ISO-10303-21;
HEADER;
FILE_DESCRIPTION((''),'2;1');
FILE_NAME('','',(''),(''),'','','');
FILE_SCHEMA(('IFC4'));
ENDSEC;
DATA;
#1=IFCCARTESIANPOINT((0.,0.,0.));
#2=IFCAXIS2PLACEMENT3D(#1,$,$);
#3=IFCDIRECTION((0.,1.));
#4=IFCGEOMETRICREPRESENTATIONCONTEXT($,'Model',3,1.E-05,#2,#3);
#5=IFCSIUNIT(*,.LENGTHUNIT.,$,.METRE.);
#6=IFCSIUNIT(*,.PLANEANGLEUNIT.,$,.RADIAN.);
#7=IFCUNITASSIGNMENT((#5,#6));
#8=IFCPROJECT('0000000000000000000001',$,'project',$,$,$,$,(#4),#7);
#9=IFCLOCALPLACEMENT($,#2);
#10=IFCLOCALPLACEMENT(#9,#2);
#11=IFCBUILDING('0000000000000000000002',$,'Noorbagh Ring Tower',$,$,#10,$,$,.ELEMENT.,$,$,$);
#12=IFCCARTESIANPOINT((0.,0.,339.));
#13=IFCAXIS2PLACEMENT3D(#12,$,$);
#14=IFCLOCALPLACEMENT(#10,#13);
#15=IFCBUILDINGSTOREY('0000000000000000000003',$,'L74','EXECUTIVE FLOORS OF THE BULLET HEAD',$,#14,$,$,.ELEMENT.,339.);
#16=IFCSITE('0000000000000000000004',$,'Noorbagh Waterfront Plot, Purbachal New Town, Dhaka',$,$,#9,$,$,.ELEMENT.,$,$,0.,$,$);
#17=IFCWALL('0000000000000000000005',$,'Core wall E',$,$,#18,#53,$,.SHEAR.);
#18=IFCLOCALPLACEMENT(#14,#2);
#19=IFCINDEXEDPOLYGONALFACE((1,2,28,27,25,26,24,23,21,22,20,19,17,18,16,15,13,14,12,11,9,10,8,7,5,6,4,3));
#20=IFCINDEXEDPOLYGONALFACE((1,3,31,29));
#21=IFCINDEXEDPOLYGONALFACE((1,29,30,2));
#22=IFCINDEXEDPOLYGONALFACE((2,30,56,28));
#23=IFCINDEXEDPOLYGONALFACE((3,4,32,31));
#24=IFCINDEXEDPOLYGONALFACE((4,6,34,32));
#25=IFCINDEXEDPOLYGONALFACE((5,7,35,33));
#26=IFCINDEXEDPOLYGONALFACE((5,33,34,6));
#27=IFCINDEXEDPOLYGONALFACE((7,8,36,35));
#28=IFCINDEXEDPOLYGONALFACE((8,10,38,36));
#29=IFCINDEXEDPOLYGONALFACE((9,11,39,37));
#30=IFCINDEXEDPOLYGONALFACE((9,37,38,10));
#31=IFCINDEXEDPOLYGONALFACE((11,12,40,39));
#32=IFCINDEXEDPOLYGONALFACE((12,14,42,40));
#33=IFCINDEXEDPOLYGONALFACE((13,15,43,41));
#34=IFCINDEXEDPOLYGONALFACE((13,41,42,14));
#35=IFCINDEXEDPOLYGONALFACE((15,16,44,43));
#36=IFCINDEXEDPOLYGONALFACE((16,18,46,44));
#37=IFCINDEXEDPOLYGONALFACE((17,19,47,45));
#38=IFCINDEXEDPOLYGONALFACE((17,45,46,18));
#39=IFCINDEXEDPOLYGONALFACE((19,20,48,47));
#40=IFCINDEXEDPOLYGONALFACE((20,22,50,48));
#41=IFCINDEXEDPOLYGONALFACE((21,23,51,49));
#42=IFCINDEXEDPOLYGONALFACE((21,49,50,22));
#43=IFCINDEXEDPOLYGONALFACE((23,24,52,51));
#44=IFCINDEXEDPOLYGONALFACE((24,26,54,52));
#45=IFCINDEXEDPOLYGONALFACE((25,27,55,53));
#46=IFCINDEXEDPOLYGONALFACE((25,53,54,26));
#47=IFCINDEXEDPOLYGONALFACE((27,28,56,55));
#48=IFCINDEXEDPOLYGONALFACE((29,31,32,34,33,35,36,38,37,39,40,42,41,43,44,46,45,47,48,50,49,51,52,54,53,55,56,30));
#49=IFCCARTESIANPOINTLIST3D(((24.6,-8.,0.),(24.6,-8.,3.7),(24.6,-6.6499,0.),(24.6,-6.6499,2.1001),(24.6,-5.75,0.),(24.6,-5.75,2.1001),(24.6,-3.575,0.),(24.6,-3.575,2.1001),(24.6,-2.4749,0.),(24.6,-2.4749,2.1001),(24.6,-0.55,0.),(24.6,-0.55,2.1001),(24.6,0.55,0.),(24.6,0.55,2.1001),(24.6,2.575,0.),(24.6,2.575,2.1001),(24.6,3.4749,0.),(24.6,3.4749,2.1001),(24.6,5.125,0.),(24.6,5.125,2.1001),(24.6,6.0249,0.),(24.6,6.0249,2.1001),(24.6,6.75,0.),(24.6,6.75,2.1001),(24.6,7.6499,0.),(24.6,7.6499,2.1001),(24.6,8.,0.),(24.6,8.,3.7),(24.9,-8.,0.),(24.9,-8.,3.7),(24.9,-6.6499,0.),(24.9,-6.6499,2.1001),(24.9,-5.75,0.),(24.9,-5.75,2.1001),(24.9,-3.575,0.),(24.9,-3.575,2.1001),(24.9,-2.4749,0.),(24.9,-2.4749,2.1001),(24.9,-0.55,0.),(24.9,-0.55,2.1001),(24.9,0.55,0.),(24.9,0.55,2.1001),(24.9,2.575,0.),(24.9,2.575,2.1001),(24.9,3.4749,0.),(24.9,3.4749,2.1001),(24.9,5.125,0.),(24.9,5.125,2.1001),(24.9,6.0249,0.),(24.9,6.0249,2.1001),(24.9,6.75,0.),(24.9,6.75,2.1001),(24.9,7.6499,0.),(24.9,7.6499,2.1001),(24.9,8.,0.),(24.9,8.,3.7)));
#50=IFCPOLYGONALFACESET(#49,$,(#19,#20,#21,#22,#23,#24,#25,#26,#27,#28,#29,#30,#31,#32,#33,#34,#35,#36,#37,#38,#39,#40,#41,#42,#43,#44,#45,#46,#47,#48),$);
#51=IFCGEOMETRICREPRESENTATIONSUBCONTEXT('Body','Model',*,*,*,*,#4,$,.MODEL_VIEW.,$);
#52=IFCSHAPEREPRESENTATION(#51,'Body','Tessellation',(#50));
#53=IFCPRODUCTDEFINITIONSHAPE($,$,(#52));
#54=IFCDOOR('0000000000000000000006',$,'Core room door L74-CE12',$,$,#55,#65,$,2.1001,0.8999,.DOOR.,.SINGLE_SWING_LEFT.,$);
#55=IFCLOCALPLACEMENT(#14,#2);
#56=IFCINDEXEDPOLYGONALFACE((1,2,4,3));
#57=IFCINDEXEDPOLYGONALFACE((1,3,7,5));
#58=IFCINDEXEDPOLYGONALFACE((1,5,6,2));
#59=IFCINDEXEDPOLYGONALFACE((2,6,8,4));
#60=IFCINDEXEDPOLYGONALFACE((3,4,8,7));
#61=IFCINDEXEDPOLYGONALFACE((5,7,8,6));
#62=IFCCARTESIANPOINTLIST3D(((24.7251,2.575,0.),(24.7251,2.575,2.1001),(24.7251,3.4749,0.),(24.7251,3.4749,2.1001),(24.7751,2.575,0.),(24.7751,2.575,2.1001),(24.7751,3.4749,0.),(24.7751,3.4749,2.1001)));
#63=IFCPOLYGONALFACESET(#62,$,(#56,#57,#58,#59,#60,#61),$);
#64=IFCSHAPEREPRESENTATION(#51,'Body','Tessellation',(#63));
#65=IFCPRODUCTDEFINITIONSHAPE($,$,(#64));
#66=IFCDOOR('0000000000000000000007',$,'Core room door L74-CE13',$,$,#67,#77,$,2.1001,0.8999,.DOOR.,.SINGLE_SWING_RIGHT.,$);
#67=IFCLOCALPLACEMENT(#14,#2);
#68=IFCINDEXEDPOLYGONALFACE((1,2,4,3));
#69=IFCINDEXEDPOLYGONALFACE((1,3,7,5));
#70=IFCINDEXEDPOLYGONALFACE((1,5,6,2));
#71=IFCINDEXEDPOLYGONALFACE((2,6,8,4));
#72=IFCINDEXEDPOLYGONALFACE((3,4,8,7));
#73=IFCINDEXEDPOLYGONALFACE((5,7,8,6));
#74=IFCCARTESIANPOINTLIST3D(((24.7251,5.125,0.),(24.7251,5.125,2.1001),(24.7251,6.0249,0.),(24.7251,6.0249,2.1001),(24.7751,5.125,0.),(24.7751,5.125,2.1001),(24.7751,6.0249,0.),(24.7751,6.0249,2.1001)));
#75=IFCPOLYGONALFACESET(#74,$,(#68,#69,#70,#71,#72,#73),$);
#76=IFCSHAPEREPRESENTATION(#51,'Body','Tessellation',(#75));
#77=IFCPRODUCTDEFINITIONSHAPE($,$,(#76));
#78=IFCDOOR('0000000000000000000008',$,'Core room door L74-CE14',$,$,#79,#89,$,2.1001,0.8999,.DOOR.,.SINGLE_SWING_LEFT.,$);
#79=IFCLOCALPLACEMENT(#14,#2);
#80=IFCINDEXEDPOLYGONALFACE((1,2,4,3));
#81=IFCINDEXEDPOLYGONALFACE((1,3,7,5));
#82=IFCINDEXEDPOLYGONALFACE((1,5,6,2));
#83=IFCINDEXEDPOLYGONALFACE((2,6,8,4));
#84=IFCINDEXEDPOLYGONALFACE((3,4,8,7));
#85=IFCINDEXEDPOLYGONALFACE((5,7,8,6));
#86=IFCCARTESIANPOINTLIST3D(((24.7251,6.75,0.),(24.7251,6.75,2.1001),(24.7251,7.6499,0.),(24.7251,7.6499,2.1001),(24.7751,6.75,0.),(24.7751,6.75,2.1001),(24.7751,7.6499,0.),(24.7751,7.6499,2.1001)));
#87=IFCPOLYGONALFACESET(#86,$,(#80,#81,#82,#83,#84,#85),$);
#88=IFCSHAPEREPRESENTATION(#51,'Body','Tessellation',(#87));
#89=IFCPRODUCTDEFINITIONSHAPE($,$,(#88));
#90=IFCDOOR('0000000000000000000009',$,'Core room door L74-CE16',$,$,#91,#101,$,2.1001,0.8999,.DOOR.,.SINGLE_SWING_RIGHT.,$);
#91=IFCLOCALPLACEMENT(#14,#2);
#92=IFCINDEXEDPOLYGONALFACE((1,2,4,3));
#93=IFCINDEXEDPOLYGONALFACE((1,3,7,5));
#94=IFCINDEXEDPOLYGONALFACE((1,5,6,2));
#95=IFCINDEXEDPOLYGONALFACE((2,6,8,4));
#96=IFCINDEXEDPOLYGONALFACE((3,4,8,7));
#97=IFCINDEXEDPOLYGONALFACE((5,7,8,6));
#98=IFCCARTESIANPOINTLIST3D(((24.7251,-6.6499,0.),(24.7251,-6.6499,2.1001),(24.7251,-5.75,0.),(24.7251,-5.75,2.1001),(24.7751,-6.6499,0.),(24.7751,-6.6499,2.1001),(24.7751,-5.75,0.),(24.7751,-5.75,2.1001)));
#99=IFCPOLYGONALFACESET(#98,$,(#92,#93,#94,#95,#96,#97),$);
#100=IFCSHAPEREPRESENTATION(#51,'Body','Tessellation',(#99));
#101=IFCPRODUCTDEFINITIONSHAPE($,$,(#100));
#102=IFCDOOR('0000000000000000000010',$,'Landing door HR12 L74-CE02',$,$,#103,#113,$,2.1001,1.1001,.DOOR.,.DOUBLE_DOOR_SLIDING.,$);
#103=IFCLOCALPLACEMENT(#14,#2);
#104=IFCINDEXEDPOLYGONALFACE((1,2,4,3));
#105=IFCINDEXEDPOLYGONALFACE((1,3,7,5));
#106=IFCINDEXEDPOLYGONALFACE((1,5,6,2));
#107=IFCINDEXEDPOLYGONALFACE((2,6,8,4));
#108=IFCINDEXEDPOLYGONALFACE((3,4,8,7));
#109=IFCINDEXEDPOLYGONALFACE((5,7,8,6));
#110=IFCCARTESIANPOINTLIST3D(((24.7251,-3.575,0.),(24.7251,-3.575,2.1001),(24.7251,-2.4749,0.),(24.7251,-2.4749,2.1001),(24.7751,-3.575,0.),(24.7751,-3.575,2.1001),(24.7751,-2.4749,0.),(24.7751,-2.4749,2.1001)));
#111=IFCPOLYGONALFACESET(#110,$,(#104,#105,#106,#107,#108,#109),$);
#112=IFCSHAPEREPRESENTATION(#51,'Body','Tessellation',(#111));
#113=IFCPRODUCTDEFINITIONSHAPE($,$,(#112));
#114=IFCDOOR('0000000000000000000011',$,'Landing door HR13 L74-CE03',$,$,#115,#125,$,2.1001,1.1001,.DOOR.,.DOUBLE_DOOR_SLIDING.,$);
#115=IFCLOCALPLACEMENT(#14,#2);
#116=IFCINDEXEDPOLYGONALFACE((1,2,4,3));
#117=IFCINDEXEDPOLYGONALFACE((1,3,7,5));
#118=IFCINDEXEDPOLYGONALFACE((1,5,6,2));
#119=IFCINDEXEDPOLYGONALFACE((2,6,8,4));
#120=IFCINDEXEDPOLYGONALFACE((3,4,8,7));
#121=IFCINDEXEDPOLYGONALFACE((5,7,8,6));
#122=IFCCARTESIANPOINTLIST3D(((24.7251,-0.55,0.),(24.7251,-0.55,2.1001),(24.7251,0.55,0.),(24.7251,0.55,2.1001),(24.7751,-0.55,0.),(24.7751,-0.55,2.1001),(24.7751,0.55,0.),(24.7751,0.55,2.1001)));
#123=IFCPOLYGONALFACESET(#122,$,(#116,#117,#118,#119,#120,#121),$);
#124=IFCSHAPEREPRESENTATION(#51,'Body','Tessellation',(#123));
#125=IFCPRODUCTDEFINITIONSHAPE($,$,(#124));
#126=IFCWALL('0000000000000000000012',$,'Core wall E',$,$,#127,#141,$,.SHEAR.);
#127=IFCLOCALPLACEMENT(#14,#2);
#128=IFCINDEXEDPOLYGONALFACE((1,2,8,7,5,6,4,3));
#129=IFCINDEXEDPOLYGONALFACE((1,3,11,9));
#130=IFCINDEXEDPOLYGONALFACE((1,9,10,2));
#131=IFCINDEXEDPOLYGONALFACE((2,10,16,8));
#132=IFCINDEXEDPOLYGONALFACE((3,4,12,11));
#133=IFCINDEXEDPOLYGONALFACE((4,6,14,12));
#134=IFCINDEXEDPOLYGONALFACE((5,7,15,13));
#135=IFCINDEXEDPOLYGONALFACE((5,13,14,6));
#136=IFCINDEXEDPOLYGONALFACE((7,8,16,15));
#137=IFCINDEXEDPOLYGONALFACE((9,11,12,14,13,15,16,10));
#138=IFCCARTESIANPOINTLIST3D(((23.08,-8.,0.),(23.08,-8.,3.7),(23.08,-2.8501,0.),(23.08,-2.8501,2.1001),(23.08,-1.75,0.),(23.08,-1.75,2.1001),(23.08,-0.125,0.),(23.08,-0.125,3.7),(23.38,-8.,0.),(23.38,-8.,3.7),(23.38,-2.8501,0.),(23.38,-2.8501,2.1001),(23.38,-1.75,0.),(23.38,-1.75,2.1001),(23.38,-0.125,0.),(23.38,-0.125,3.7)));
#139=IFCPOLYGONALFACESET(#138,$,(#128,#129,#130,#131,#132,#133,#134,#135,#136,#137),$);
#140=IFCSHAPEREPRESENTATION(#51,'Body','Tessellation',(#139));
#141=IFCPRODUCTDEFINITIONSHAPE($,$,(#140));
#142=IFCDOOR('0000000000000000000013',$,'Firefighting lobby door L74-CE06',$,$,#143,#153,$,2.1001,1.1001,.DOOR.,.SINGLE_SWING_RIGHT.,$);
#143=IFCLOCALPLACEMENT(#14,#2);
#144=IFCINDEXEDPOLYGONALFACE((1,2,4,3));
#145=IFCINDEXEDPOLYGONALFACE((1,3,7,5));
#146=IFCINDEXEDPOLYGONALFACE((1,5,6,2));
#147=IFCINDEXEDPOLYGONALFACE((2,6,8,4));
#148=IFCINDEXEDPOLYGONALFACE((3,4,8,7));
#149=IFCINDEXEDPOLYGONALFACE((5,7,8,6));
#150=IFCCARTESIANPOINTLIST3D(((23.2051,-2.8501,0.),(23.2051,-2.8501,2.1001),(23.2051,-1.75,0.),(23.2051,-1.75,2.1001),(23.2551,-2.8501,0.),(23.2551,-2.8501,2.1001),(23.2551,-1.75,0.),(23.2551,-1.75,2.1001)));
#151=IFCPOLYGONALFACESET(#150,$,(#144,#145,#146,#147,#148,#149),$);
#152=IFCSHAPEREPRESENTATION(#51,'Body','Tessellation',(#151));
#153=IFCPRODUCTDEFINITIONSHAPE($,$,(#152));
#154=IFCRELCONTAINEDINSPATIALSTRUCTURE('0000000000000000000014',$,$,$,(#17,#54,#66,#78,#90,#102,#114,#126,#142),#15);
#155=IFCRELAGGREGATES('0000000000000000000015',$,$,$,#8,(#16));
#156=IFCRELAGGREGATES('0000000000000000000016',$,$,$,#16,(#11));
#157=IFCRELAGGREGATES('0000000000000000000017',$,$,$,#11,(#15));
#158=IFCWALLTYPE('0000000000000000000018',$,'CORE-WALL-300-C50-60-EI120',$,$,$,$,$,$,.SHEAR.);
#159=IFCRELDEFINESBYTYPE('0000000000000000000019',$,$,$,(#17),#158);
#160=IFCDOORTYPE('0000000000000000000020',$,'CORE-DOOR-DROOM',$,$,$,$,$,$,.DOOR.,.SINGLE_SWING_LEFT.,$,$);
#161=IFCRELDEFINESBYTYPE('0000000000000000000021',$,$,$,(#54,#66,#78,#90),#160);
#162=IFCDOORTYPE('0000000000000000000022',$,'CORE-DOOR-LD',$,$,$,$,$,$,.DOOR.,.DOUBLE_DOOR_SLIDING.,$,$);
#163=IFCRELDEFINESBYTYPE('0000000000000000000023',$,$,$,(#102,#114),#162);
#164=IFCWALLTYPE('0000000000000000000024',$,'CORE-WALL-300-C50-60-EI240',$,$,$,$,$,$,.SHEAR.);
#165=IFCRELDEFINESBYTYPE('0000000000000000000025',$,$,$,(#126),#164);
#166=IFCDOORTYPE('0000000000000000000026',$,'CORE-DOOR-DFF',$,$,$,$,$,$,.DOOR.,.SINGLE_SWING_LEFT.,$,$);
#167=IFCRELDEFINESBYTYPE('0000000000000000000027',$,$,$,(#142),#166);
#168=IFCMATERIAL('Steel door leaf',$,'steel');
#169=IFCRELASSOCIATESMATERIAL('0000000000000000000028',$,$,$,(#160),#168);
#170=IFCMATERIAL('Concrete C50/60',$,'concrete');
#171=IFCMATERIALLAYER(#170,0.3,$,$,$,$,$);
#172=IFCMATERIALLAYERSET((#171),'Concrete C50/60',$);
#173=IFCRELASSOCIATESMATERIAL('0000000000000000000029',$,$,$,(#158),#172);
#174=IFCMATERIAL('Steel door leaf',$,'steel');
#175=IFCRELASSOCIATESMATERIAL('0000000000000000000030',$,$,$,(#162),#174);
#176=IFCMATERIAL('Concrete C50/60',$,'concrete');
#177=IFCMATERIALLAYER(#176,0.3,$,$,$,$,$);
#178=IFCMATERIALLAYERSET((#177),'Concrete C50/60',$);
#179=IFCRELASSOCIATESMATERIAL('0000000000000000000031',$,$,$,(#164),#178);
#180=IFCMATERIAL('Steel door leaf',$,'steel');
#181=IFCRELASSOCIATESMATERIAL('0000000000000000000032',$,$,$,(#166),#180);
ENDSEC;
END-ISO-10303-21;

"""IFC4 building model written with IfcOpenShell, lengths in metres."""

from ifc_helpers import new_model, si_unit, direction, frame, frame_2d, origin, place, context, subcontext, project, spatial, rectangle, extrude, material, layer, layer_set, type_object, element, fill, save


model = new_model("IFC4")

# Units and contexts
model_context = context("Model", 3, precision=1e-05, world=origin(), true_north=direction((0.0, 1.0)))
body_context = subcontext(model_context, "Body", "Model", "MODEL_VIEW")
ifc_project = project(units=[si_unit("LENGTHUNIT", "METRE"), si_unit("PLANEANGLEUNIT", "RADIAN")], contexts=[model_context])

# Site, building, storey
site_placement = place(None, origin())
site = spatial("IfcSite", under=ifc_project, at=site_placement, Name="Noorbagh Waterfront Plot, Purbachal New Town, Dhaka", CompositionType="ELEMENT", RefElevation=0.0)
building_placement = place(site_placement, origin())
building = spatial("IfcBuilding", under=site, at=building_placement, Name="Noorbagh Ring Tower", CompositionType="ELEMENT")
storey_placement = place(building_placement, frame((0.0, 0.0, 339.0)))
storey = spatial("IfcBuildingStorey", under=building, at=storey_placement, Name="L74", Description="EXECUTIVE FLOORS OF THE BULLET HEAD", CompositionType="ELEMENT", Elevation=339.0)

# Shared definitions
ifc_material_1 = material(Name="Steel door leaf", Category="steel")
door_type_1 = type_object("IfcDoorType", Name="CORE-DOOR-DROOM", OperationType="SINGLE_SWING_LEFT", PredefinedType="DOOR", material=ifc_material_1)

# Wall, openings, doors
ifc_material_2 = material(Name="Concrete C50/60", Category="concrete")
ifc_layer_1 = layer(ifc_material_2, 0.3)
ifc_layer_set_1 = layer_set([ifc_layer_1], Name="Concrete C50/60")
wall_type_1 = type_object("IfcWallType", Name="CORE-WALL-300-C50-60-EI120", PredefinedType="SHEAR", material=ifc_layer_set_1)
wall_1_placement = place(storey_placement, frame((24.75, -8.0, 0.0), z_axis=(0.0, 0.0, 1.0), x_axis=(0.0, 1.0, 0.0)))
wall_1 = element("IfcWall", 1, at=wall_1_placement, inside=storey, type_object=wall_type_1, Name="Core wall E", PredefinedType="SHEAR", context=body_context, shape_type="SweptSolid", body=[
    extrude(rectangle(XDim=16.0, YDim=0.3, at=frame_2d((8.0, 0.0))), origin(), (0.0, 0.0, 1.0), 3.7),
])
opening_1_placement = place(wall_1_placement, frame((4.425, 0.0, 0.0)))
opening_1 = element("IfcOpeningElement", 2, at=opening_1_placement, cuts=wall_1, PredefinedType="OPENING", context=body_context, shape_type="SweptSolid", body=[
    extrude(rectangle(XDim=1.1001, YDim=2.1001, at=frame_2d((0.55, 1.05))), frame((0.0, 0.1602, 0.0), z_axis=(0.0, -1.0, 0.0), x_axis=(1.0, 0.0, 0.0)), (0.0, 0.0, 1.0), 0.3201),
])
opening_2_placement = place(wall_1_placement, frame((7.45, 0.0, 0.0)))
opening_2 = element("IfcOpeningElement", 3, at=opening_2_placement, cuts=wall_1, PredefinedType="OPENING", context=body_context, shape_type="SweptSolid", body=[
    extrude(rectangle(XDim=1.1001, YDim=2.1001, at=frame_2d((0.55, 1.05))), frame((0.0, 0.1602, 0.0), z_axis=(0.0, -1.0, 0.0), x_axis=(1.0, 0.0, 0.0)), (0.0, 0.0, 1.0), 0.3201),
])
opening_3_placement = place(wall_1_placement, frame((10.575, 0.0, 0.0)))
opening_3 = element("IfcOpeningElement", 4, at=opening_3_placement, cuts=wall_1, PredefinedType="OPENING", context=body_context, shape_type="SweptSolid", body=[
    extrude(rectangle(XDim=0.8999, YDim=2.1001, at=frame_2d((0.45, 1.05))), frame((0.0, 0.1602, 0.0), z_axis=(0.0, -1.0, 0.0), x_axis=(1.0, 0.0, 0.0)), (0.0, 0.0, 1.0), 0.3201),
])
opening_4_placement = place(wall_1_placement, frame((13.125, 0.0, 0.0)))
opening_4 = element("IfcOpeningElement", 5, at=opening_4_placement, cuts=wall_1, PredefinedType="OPENING", context=body_context, shape_type="SweptSolid", body=[
    extrude(rectangle(XDim=0.8999, YDim=2.1001, at=frame_2d((0.45, 1.05))), frame((0.0, 0.1602, 0.0), z_axis=(0.0, -1.0, 0.0), x_axis=(1.0, 0.0, 0.0)), (0.0, 0.0, 1.0), 0.3201),
])
opening_5_placement = place(wall_1_placement, frame((14.75, 0.0, 0.0)))
opening_5 = element("IfcOpeningElement", 6, at=opening_5_placement, cuts=wall_1, PredefinedType="OPENING", context=body_context, shape_type="SweptSolid", body=[
    extrude(rectangle(XDim=0.8999, YDim=2.1001, at=frame_2d((0.45, 1.05))), frame((0.0, 0.1602, 0.0), z_axis=(0.0, -1.0, 0.0), x_axis=(1.0, 0.0, 0.0)), (0.0, 0.0, 1.0), 0.3201),
])
opening_6_placement = place(wall_1_placement, frame((1.3501, 0.0, 0.0)))
opening_6 = element("IfcOpeningElement", 7, at=opening_6_placement, cuts=wall_1, PredefinedType="OPENING", context=body_context, shape_type="SweptSolid", body=[
    extrude(rectangle(XDim=0.8999, YDim=2.1001, at=frame_2d((0.45, 1.05))), frame((0.0, 0.1602, 0.0), z_axis=(0.0, -1.0, 0.0), x_axis=(1.0, 0.0, 0.0)), (0.0, 0.0, 1.0), 0.3201),
])
door_1_placement = place(opening_3_placement, origin())
door_1 = element("IfcDoor", 8, at=door_1_placement, inside=storey, type_object=door_type_1, Name="Core room door L74-CE12", OperationType="SINGLE_SWING_LEFT", OverallHeight=2.1001, OverallWidth=0.8999, PredefinedType="DOOR", context=body_context, shape_type="SweptSolid", body=[
    extrude(rectangle(XDim=0.8999, YDim=2.1001, at=frame_2d((0.45, 1.05))), frame((0.0, 0.0249, 0.0), z_axis=(0.0, -1.0, 0.0), x_axis=(1.0, 0.0, 0.0)), (0.0, 0.0, 1.0), 0.05),
])
fill(opening_3, door_1)
door_2_placement = place(opening_4_placement, origin())
door_2 = element("IfcDoor", 9, at=door_2_placement, inside=storey, type_object=door_type_1, Name="Core room door L74-CE13", OperationType="SINGLE_SWING_RIGHT", OverallHeight=2.1001, OverallWidth=0.8999, PredefinedType="DOOR", context=body_context, shape_type="SweptSolid", body=[
    extrude(rectangle(XDim=0.8999, YDim=2.1001, at=frame_2d((0.45, 1.05))), frame((0.0, 0.0249, 0.0), z_axis=(0.0, -1.0, 0.0), x_axis=(1.0, 0.0, 0.0)), (0.0, 0.0, 1.0), 0.05),
])
fill(opening_4, door_2)
door_3_placement = place(opening_5_placement, origin())
door_3 = element("IfcDoor", 10, at=door_3_placement, inside=storey, type_object=door_type_1, Name="Core room door L74-CE14", OperationType="SINGLE_SWING_LEFT", OverallHeight=2.1001, OverallWidth=0.8999, PredefinedType="DOOR", context=body_context, shape_type="SweptSolid", body=[
    extrude(rectangle(XDim=0.8999, YDim=2.1001, at=frame_2d((0.45, 1.05))), frame((0.0, 0.0249, 0.0), z_axis=(0.0, -1.0, 0.0), x_axis=(1.0, 0.0, 0.0)), (0.0, 0.0, 1.0), 0.05),
])
fill(opening_5, door_3)
door_4_placement = place(opening_6_placement, origin())
door_4 = element("IfcDoor", 11, at=door_4_placement, inside=storey, type_object=door_type_1, Name="Core room door L74-CE16", OperationType="SINGLE_SWING_RIGHT", OverallHeight=2.1001, OverallWidth=0.8999, PredefinedType="DOOR", context=body_context, shape_type="SweptSolid", body=[
    extrude(rectangle(XDim=0.8999, YDim=2.1001, at=frame_2d((0.45, 1.05))), frame((0.0, 0.0249, 0.0), z_axis=(0.0, -1.0, 0.0), x_axis=(1.0, 0.0, 0.0)), (0.0, 0.0, 1.0), 0.05),
])
fill(opening_6, door_4)
ifc_material_3 = material(Name="Steel door leaf", Category="steel")
door_type_2 = type_object("IfcDoorType", Name="CORE-DOOR-LD", OperationType="DOUBLE_DOOR_SLIDING", PredefinedType="DOOR", material=ifc_material_3)
door_5_placement = place(opening_1_placement, origin())
door_5 = element("IfcDoor", 12, at=door_5_placement, inside=storey, type_object=door_type_2, Name="Landing door HR12 L74-CE02", OperationType="DOUBLE_DOOR_SLIDING", OverallHeight=2.1001, OverallWidth=1.1001, PredefinedType="DOOR", context=body_context, shape_type="SweptSolid", body=[
    extrude(rectangle(XDim=1.1001, YDim=2.1001, at=frame_2d((0.55, 1.05))), frame((0.0, 0.0249, 0.0), z_axis=(0.0, -1.0, 0.0), x_axis=(1.0, 0.0, 0.0)), (0.0, 0.0, 1.0), 0.05),
])
fill(opening_1, door_5)
door_6_placement = place(opening_2_placement, origin())
door_6 = element("IfcDoor", 13, at=door_6_placement, inside=storey, type_object=door_type_2, Name="Landing door HR13 L74-CE03", OperationType="DOUBLE_DOOR_SLIDING", OverallHeight=2.1001, OverallWidth=1.1001, PredefinedType="DOOR", context=body_context, shape_type="SweptSolid", body=[
    extrude(rectangle(XDim=1.1001, YDim=2.1001, at=frame_2d((0.55, 1.05))), frame((0.0, 0.0249, 0.0), z_axis=(0.0, -1.0, 0.0), x_axis=(1.0, 0.0, 0.0)), (0.0, 0.0, 1.0), 0.05),
])
fill(opening_2, door_6)

# Wall, opening, door
ifc_material_4 = material(Name="Concrete C50/60", Category="concrete")
ifc_layer_2 = layer(ifc_material_4, 0.3)
ifc_layer_set_2 = layer_set([ifc_layer_2], Name="Concrete C50/60")
wall_type_2 = type_object("IfcWallType", Name="CORE-WALL-300-C50-60-EI240", PredefinedType="SHEAR", material=ifc_layer_set_2)
wall_2_placement = place(storey_placement, frame((23.23, -8.0, 0.0), z_axis=(0.0, 0.0, 1.0), x_axis=(0.0, 1.0, 0.0)))
wall_2 = element("IfcWall", 14, at=wall_2_placement, inside=storey, type_object=wall_type_2, Name="Core wall E", PredefinedType="SHEAR", context=body_context, shape_type="SweptSolid", body=[
    extrude(rectangle(XDim=7.875, YDim=0.3, at=frame_2d((3.9375, 0.0))), origin(), (0.0, 0.0, 1.0), 3.7),
])
opening_7_placement = place(wall_2_placement, frame((5.1499, 0.0, 0.0)))
opening_7 = element("IfcOpeningElement", 15, at=opening_7_placement, cuts=wall_2, PredefinedType="OPENING", context=body_context, shape_type="SweptSolid", body=[
    extrude(rectangle(XDim=1.1001, YDim=2.1001, at=frame_2d((0.55, 1.05))), frame((0.0, 0.1602, 0.0), z_axis=(0.0, -1.0, 0.0), x_axis=(1.0, 0.0, 0.0)), (0.0, 0.0, 1.0), 0.3201),
])
ifc_material_5 = material(Name="Steel door leaf", Category="steel")
door_type_3 = type_object("IfcDoorType", Name="CORE-DOOR-DFF", OperationType="SINGLE_SWING_LEFT", PredefinedType="DOOR", material=ifc_material_5)
door_7_placement = place(opening_7_placement, origin())
door_7 = element("IfcDoor", 16, at=door_7_placement, inside=storey, type_object=door_type_3, Name="Firefighting lobby door L74-CE06", OperationType="SINGLE_SWING_RIGHT", OverallHeight=2.1001, OverallWidth=1.1001, PredefinedType="DOOR", context=body_context, shape_type="SweptSolid", body=[
    extrude(rectangle(XDim=1.1001, YDim=2.1001, at=frame_2d((0.55, 1.05))), frame((0.0, 0.0249, 0.0), z_axis=(0.0, -1.0, 0.0), x_axis=(1.0, 0.0, 0.0)), (0.0, 0.0, 1.0), 0.05),
])
fill(opening_7, door_7)

save(model, "model.ifc")
